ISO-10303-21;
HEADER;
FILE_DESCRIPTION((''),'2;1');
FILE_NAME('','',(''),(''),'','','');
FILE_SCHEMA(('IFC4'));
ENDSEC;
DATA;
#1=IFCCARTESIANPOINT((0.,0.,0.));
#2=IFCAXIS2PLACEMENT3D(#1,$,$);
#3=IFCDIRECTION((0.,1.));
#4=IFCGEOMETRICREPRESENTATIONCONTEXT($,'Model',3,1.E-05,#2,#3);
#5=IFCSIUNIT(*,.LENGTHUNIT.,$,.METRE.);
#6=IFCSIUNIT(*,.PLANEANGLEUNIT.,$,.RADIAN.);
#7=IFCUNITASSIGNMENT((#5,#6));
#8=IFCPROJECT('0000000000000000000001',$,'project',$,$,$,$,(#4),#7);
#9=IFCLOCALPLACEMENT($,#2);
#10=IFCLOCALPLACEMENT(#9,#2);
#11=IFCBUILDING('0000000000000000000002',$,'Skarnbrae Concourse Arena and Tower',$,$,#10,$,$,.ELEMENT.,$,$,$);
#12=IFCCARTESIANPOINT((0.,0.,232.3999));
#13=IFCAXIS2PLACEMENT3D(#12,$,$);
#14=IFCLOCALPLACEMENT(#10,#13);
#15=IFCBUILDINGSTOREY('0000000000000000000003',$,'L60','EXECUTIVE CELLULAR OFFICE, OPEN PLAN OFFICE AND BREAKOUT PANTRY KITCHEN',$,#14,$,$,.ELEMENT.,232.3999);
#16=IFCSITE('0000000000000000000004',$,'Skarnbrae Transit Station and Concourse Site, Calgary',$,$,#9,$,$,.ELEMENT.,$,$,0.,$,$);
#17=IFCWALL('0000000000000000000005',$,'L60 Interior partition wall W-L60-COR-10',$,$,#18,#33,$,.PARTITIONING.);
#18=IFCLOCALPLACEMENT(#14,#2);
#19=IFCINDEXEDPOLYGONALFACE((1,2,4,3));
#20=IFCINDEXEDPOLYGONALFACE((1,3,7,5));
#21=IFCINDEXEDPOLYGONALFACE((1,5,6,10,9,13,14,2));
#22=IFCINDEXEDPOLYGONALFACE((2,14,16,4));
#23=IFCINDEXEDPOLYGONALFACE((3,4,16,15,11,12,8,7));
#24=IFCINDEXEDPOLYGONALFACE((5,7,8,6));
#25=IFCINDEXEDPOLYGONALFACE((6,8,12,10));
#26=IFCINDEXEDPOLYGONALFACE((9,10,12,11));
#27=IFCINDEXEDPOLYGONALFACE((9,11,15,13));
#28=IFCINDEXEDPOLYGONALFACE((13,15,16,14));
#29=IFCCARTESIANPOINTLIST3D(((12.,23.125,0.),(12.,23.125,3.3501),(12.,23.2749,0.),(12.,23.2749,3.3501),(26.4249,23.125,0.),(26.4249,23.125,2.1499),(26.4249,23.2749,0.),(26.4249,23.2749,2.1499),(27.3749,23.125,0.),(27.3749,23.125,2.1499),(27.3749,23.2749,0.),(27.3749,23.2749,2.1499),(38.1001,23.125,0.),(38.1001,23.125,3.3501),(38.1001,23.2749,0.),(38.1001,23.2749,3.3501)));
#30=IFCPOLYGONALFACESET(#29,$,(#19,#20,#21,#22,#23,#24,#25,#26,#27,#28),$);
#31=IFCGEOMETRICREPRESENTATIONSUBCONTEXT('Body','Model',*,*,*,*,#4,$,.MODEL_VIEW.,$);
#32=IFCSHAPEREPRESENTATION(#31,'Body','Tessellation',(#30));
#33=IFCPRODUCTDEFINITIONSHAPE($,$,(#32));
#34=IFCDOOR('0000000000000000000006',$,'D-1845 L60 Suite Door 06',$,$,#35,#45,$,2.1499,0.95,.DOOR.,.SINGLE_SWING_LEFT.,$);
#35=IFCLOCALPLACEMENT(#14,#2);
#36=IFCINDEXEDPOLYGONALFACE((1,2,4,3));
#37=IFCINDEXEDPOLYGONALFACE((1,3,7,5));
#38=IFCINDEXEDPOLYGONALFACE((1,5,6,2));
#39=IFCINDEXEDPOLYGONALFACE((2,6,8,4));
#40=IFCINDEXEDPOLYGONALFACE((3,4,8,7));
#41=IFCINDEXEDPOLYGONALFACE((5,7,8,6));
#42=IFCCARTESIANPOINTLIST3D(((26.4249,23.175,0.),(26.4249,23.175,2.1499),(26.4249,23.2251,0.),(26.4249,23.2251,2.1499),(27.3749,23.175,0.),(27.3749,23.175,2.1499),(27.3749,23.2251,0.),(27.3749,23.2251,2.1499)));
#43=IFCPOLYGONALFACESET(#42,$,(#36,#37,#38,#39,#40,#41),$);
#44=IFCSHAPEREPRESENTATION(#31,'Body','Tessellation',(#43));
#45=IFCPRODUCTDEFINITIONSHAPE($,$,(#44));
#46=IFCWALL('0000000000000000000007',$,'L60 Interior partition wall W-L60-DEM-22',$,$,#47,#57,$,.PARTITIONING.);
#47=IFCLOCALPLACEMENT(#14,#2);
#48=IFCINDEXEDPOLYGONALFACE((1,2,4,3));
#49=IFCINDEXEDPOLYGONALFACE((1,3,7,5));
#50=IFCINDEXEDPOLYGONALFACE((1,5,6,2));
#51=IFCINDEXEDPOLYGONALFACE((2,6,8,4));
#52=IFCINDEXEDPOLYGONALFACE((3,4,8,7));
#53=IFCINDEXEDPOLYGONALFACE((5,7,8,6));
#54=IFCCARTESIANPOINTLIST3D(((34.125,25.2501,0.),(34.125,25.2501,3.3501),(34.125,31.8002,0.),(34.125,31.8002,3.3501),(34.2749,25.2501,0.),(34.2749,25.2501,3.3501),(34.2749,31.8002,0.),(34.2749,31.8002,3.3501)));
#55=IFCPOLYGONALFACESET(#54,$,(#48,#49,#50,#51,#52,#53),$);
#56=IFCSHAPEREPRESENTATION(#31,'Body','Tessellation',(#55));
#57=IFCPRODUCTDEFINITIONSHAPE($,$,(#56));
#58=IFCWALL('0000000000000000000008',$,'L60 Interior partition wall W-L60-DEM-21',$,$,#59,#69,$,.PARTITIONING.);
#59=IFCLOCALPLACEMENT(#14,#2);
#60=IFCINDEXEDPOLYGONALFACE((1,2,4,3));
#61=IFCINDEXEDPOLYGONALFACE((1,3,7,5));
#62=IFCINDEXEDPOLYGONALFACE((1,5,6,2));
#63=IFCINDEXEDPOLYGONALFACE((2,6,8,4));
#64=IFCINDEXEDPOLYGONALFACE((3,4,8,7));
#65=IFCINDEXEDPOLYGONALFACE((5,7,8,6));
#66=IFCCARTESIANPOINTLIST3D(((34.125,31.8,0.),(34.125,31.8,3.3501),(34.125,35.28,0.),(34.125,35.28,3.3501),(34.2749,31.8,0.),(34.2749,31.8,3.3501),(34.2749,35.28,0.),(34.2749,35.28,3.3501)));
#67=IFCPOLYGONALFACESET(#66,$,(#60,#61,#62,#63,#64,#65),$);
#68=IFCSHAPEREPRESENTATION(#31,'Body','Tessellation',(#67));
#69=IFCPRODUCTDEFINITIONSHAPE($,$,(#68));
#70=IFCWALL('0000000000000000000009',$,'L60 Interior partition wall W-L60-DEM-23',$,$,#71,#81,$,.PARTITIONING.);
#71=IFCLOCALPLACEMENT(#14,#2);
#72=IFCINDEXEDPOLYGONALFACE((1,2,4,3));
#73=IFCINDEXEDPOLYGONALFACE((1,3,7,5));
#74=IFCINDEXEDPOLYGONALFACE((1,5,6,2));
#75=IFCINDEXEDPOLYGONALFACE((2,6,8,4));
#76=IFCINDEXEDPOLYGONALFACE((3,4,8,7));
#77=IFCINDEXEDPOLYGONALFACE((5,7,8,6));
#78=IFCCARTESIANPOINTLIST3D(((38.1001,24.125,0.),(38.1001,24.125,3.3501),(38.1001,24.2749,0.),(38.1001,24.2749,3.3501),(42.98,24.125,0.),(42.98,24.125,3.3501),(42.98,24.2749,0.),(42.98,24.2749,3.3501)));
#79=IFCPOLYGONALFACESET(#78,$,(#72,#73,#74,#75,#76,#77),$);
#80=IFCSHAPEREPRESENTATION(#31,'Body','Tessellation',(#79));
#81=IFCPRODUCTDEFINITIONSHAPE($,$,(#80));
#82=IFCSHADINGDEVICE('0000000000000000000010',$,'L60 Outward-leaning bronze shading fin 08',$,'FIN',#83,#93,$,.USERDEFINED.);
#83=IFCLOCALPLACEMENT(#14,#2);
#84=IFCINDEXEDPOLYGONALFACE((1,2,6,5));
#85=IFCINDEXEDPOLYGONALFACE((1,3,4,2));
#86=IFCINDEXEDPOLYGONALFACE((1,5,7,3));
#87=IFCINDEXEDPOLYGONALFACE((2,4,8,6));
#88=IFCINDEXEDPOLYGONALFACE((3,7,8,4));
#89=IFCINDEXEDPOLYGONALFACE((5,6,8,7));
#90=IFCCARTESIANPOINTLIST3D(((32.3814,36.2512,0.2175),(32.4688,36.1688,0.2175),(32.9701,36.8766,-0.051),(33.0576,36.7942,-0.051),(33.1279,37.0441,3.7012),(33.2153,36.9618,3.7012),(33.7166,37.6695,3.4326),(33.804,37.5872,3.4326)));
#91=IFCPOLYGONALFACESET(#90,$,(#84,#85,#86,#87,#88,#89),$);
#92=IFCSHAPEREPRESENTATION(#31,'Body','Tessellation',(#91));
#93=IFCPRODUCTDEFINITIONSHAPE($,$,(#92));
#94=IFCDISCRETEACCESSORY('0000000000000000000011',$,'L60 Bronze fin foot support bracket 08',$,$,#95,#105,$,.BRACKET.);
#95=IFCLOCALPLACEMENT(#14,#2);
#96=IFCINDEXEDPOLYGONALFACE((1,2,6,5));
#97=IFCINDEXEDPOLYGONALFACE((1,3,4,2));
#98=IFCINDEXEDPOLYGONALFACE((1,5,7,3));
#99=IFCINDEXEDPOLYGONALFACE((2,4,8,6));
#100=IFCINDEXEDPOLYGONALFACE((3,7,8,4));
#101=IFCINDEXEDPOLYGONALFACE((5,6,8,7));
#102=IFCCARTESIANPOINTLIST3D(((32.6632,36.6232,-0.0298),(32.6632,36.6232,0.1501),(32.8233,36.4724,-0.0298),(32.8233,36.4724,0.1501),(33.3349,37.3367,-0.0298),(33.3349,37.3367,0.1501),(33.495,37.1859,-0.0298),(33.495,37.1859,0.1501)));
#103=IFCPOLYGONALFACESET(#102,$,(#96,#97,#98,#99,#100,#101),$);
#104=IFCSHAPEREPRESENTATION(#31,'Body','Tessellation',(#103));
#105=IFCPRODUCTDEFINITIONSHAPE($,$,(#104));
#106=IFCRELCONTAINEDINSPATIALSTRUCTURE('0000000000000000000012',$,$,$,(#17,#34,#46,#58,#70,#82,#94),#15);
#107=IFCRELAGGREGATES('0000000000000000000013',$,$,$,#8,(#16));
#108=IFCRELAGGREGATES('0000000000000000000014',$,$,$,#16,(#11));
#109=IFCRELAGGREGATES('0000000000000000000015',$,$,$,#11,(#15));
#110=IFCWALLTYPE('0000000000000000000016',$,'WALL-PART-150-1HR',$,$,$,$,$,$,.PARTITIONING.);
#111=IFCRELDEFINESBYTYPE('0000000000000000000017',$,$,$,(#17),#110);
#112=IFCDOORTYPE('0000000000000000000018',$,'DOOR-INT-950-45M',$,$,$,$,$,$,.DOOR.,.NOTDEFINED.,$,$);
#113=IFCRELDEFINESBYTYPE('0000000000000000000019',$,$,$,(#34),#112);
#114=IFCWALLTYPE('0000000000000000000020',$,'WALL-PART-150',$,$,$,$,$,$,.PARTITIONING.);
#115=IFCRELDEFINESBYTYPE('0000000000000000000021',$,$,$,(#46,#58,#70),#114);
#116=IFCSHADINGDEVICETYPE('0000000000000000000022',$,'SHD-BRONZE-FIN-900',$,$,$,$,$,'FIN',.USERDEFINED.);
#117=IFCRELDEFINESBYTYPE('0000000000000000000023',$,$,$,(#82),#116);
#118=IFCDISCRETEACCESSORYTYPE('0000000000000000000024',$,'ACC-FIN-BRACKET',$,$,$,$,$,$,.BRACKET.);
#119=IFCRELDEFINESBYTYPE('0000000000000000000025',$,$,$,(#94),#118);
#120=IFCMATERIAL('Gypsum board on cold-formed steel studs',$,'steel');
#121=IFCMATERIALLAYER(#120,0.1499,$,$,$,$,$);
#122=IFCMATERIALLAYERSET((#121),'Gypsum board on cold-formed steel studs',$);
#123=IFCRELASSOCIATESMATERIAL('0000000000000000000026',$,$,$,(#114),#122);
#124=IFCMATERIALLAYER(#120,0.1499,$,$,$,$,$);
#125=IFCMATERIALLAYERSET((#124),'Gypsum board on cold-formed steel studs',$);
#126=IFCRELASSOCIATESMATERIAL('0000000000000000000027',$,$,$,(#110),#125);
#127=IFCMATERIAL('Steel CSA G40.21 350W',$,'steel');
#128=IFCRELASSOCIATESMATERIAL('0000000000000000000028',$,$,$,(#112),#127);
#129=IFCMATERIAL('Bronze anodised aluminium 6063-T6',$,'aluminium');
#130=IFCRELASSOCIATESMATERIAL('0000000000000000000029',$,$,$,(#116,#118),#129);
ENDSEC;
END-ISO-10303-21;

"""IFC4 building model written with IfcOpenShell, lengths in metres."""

from ifc_helpers import new_model, si_unit, direction, frame, frame_2d, origin, origin_2d, place, context, subcontext, project, spatial, rectangle, extrude, source, transform, mapped, material, layer, layer_set, type_object, element, fill, save


model = new_model("IFC4")

# Units and contexts
model_context = context("Model", 3, precision=1e-05, world=origin(), true_north=direction((0.0, 1.0)))
body_context = subcontext(model_context, "Body", "Model", "MODEL_VIEW")
ifc_project = project(units=[si_unit("LENGTHUNIT", "METRE"), si_unit("PLANEANGLEUNIT", "RADIAN")], contexts=[model_context])

# Site, building, storey
site_placement = place(None, origin())
site = spatial("IfcSite", under=ifc_project, at=site_placement, Name="Skarnbrae Transit Station and Concourse Site, Calgary", CompositionType="ELEMENT", RefElevation=0.0)
building_placement = place(site_placement, origin())
building = spatial("IfcBuilding", under=site, at=building_placement, Name="Skarnbrae Concourse Arena and Tower", CompositionType="ELEMENT")
storey_placement = place(building_placement, frame((0.0, 0.0, 232.3999)))
storey = spatial("IfcBuildingStorey", under=building, at=storey_placement, Name="L60", Description="EXECUTIVE CELLULAR OFFICE, OPEN PLAN OFFICE AND BREAKOUT PANTRY KITCHEN", CompositionType="ELEMENT", Elevation=232.3999)

# Shared definitions
ifc_material_1 = material(Name="Steel CSA G40.21 350W", Category="steel")

# Shared definitions
ifc_material_2 = material(Name="Bronze anodised aluminium 6063-T6", Category="aluminium")

# Shared definitions
ifc_material_3 = material(Name="Gypsum board on cold-formed steel studs", Category="steel")
ifc_layer_1 = layer(ifc_material_3, 0.1499)
ifc_layer_set_1 = layer_set([ifc_layer_1], Name="Gypsum board on cold-formed steel studs")
wall_type_1 = type_object("IfcWallType", Name="WALL-PART-150", PredefinedType="PARTITIONING", material=ifc_layer_set_1)
ifc_layer_2 = layer(ifc_material_3, 0.1499)
ifc_layer_set_2 = layer_set([ifc_layer_2], Name="Gypsum board on cold-formed steel studs")
wall_type_2 = type_object("IfcWallType", Name="WALL-PART-150-1HR", PredefinedType="PARTITIONING", material=ifc_layer_set_2)

# Wall, opening, door
shared_shape_1 = source(origin(), body_context, "Body", "SweptSolid", [
    extrude(rectangle(XDim=26.1001, YDim=0.1499, at=frame_2d((13.05, 0.0))), origin(), (0.0, 0.0, 1.0), 3.3501),
])
wall_1_placement = place(storey_placement, frame((38.1001, 23.2, 0.0), z_axis=(0.0, 0.0, 1.0), x_axis=(-1.0, 0.0, 0.0)))
wall_1 = element("IfcWall", 1, at=wall_1_placement, inside=storey, type_object=wall_type_2, Name="L60 Interior partition wall W-L60-COR-10", PredefinedType="PARTITIONING", context=body_context, shape_type="MappedRepresentation", body=[
    mapped(shared_shape_1, transform((0.0, 0.0, 0.0))),
])
opening_placement = place(wall_1_placement, frame((10.7251, 0.0, 0.0)))
opening = element("IfcOpeningElement", 2, at=opening_placement, cuts=wall_1, PredefinedType="OPENING", context=body_context, shape_type="SweptSolid", body=[
    extrude(rectangle(XDim=0.95, YDim=2.1499, at=frame_2d((0.4751, 1.075))), frame((0.0, 0.085, 0.0), z_axis=(0.0, -1.0, 0.0), x_axis=(1.0, 0.0, 0.0)), (0.0, 0.0, 1.0), 0.1699),
])
door_type = type_object("IfcDoorType", Name="DOOR-INT-950-45M", OperationType="NOTDEFINED", PredefinedType="DOOR", material=ifc_material_1)
shared_shape_2 = source(origin(), body_context, "Body", "SweptSolid", [
    extrude(rectangle(XDim=0.95, YDim=2.1499, at=frame_2d((0.4751, 1.075))), frame((0.0, 0.0249, 0.0), z_axis=(0.0, -1.0, 0.0), x_axis=(1.0, 0.0, 0.0)), (0.0, 0.0, 1.0), 0.05),
])
door_placement = place(opening_placement, origin())
door = element("IfcDoor", 3, at=door_placement, inside=storey, type_object=door_type, Name="D-1845 L60 Suite Door 06", OperationType="SINGLE_SWING_LEFT", OverallHeight=2.1499, OverallWidth=0.95, PredefinedType="DOOR", context=body_context, shape_type="MappedRepresentation", body=[
    mapped(shared_shape_2, transform((0.0, 0.0, 0.0))),
])
fill(opening, door)

# Walls
shared_shape_3 = source(origin(), body_context, "Body", "SweptSolid", [
    extrude(rectangle(XDim=6.55, YDim=0.1499, at=frame_2d((3.2749, 0.0))), origin(), (0.0, 0.0, 1.0), 3.3501),
])
wall_2_placement = place(storey_placement, frame((34.2, 31.8, 0.0), z_axis=(0.0, 0.0, 1.0), x_axis=(0.0, -1.0, 0.0)))
element("IfcWall", 4, at=wall_2_placement, inside=storey, type_object=wall_type_1, Name="L60 Interior partition wall W-L60-DEM-22", PredefinedType="PARTITIONING", context=body_context, shape_type="MappedRepresentation", body=[
    mapped(shared_shape_3, transform((0.0, 0.0, 0.0))),
])
shared_shape_4 = source(origin(), body_context, "Body", "SweptSolid", [
    extrude(rectangle(XDim=3.48, YDim=0.1499, at=frame_2d((1.74, 0.0))), origin(), (0.0, 0.0, 1.0), 3.3501),
])
wall_3_placement = place(storey_placement, frame((34.2, 35.28, 0.0), z_axis=(0.0, 0.0, 1.0), x_axis=(0.0, -1.0, 0.0)))
element("IfcWall", 5, at=wall_3_placement, inside=storey, type_object=wall_type_1, Name="L60 Interior partition wall W-L60-DEM-21", PredefinedType="PARTITIONING", context=body_context, shape_type="MappedRepresentation", body=[
    mapped(shared_shape_4, transform((0.0, 0.0, 0.0))),
])
shared_shape_5 = source(origin(), body_context, "Body", "SweptSolid", [
    extrude(rectangle(XDim=4.8799, YDim=0.1499, at=frame_2d((2.4399, 0.0))), origin(), (0.0, 0.0, 1.0), 3.3501),
])
wall_4_placement = place(storey_placement, frame((42.98, 24.2, 0.0), z_axis=(0.0, 0.0, 1.0), x_axis=(-1.0, 0.0, 0.0)))
element("IfcWall", 6, at=wall_4_placement, inside=storey, type_object=wall_type_1, Name="L60 Interior partition wall W-L60-DEM-23", PredefinedType="PARTITIONING", context=body_context, shape_type="MappedRepresentation", body=[
    mapped(shared_shape_5, transform((0.0, 0.0, 0.0))),
])

# Shading device
shading_device_type = type_object("IfcShadingDeviceType", Name="SHD-BRONZE-FIN-900", ElementType="FIN", PredefinedType="USERDEFINED", material=ifc_material_2)
shared_shape_6 = source(origin(), body_context, "Body", "SweptSolid", [
    extrude(rectangle(XDim=0.1201, YDim=0.8999, at=origin_2d()), origin(), (0.0, 0.0, 1.0), 3.6499),
])
shading_device_placement = place(storey_placement, frame((32.7195, 36.5227, 0.0833), z_axis=(0.204517, 0.217256, 0.954449), x_axis=(0.728132, -0.685437, 0.0)))
element("IfcShadingDevice", 7, at=shading_device_placement, inside=storey, type_object=shading_device_type, Name="L60 Outward-leaning bronze shading fin 08", ObjectType="FIN", PredefinedType="USERDEFINED", context=body_context, shape_type="MappedRepresentation", body=[
    mapped(shared_shape_6, transform((0.0, 0.0, 0.0))),
])

# Discrete accessory
discrete_accessory_type = type_object("IfcDiscreteAccessoryType", Name="ACC-FIN-BRACKET", PredefinedType="BRACKET", material=ifc_material_2)
shared_shape_7 = source(origin(), body_context, "Body", "SweptSolid", [
    extrude(rectangle(XDim=0.22, YDim=0.98, at=origin_2d()), origin(), (0.0, 0.0, 1.0), 0.1799),
])
discrete_accessory_placement = place(storey_placement, frame((33.0791, 36.9045, -0.0298), z_axis=(0.0, 0.0, 1.0), x_axis=(0.728132, -0.685437, 0.0)))
element("IfcDiscreteAccessory", 8, at=discrete_accessory_placement, inside=storey, type_object=discrete_accessory_type, Name="L60 Bronze fin foot support bracket 08", PredefinedType="BRACKET", context=body_context, shape_type="MappedRepresentation", body=[
    mapped(shared_shape_7, transform((0.0, 0.0, 0.0))),
])

save(model, "model.ifc")
